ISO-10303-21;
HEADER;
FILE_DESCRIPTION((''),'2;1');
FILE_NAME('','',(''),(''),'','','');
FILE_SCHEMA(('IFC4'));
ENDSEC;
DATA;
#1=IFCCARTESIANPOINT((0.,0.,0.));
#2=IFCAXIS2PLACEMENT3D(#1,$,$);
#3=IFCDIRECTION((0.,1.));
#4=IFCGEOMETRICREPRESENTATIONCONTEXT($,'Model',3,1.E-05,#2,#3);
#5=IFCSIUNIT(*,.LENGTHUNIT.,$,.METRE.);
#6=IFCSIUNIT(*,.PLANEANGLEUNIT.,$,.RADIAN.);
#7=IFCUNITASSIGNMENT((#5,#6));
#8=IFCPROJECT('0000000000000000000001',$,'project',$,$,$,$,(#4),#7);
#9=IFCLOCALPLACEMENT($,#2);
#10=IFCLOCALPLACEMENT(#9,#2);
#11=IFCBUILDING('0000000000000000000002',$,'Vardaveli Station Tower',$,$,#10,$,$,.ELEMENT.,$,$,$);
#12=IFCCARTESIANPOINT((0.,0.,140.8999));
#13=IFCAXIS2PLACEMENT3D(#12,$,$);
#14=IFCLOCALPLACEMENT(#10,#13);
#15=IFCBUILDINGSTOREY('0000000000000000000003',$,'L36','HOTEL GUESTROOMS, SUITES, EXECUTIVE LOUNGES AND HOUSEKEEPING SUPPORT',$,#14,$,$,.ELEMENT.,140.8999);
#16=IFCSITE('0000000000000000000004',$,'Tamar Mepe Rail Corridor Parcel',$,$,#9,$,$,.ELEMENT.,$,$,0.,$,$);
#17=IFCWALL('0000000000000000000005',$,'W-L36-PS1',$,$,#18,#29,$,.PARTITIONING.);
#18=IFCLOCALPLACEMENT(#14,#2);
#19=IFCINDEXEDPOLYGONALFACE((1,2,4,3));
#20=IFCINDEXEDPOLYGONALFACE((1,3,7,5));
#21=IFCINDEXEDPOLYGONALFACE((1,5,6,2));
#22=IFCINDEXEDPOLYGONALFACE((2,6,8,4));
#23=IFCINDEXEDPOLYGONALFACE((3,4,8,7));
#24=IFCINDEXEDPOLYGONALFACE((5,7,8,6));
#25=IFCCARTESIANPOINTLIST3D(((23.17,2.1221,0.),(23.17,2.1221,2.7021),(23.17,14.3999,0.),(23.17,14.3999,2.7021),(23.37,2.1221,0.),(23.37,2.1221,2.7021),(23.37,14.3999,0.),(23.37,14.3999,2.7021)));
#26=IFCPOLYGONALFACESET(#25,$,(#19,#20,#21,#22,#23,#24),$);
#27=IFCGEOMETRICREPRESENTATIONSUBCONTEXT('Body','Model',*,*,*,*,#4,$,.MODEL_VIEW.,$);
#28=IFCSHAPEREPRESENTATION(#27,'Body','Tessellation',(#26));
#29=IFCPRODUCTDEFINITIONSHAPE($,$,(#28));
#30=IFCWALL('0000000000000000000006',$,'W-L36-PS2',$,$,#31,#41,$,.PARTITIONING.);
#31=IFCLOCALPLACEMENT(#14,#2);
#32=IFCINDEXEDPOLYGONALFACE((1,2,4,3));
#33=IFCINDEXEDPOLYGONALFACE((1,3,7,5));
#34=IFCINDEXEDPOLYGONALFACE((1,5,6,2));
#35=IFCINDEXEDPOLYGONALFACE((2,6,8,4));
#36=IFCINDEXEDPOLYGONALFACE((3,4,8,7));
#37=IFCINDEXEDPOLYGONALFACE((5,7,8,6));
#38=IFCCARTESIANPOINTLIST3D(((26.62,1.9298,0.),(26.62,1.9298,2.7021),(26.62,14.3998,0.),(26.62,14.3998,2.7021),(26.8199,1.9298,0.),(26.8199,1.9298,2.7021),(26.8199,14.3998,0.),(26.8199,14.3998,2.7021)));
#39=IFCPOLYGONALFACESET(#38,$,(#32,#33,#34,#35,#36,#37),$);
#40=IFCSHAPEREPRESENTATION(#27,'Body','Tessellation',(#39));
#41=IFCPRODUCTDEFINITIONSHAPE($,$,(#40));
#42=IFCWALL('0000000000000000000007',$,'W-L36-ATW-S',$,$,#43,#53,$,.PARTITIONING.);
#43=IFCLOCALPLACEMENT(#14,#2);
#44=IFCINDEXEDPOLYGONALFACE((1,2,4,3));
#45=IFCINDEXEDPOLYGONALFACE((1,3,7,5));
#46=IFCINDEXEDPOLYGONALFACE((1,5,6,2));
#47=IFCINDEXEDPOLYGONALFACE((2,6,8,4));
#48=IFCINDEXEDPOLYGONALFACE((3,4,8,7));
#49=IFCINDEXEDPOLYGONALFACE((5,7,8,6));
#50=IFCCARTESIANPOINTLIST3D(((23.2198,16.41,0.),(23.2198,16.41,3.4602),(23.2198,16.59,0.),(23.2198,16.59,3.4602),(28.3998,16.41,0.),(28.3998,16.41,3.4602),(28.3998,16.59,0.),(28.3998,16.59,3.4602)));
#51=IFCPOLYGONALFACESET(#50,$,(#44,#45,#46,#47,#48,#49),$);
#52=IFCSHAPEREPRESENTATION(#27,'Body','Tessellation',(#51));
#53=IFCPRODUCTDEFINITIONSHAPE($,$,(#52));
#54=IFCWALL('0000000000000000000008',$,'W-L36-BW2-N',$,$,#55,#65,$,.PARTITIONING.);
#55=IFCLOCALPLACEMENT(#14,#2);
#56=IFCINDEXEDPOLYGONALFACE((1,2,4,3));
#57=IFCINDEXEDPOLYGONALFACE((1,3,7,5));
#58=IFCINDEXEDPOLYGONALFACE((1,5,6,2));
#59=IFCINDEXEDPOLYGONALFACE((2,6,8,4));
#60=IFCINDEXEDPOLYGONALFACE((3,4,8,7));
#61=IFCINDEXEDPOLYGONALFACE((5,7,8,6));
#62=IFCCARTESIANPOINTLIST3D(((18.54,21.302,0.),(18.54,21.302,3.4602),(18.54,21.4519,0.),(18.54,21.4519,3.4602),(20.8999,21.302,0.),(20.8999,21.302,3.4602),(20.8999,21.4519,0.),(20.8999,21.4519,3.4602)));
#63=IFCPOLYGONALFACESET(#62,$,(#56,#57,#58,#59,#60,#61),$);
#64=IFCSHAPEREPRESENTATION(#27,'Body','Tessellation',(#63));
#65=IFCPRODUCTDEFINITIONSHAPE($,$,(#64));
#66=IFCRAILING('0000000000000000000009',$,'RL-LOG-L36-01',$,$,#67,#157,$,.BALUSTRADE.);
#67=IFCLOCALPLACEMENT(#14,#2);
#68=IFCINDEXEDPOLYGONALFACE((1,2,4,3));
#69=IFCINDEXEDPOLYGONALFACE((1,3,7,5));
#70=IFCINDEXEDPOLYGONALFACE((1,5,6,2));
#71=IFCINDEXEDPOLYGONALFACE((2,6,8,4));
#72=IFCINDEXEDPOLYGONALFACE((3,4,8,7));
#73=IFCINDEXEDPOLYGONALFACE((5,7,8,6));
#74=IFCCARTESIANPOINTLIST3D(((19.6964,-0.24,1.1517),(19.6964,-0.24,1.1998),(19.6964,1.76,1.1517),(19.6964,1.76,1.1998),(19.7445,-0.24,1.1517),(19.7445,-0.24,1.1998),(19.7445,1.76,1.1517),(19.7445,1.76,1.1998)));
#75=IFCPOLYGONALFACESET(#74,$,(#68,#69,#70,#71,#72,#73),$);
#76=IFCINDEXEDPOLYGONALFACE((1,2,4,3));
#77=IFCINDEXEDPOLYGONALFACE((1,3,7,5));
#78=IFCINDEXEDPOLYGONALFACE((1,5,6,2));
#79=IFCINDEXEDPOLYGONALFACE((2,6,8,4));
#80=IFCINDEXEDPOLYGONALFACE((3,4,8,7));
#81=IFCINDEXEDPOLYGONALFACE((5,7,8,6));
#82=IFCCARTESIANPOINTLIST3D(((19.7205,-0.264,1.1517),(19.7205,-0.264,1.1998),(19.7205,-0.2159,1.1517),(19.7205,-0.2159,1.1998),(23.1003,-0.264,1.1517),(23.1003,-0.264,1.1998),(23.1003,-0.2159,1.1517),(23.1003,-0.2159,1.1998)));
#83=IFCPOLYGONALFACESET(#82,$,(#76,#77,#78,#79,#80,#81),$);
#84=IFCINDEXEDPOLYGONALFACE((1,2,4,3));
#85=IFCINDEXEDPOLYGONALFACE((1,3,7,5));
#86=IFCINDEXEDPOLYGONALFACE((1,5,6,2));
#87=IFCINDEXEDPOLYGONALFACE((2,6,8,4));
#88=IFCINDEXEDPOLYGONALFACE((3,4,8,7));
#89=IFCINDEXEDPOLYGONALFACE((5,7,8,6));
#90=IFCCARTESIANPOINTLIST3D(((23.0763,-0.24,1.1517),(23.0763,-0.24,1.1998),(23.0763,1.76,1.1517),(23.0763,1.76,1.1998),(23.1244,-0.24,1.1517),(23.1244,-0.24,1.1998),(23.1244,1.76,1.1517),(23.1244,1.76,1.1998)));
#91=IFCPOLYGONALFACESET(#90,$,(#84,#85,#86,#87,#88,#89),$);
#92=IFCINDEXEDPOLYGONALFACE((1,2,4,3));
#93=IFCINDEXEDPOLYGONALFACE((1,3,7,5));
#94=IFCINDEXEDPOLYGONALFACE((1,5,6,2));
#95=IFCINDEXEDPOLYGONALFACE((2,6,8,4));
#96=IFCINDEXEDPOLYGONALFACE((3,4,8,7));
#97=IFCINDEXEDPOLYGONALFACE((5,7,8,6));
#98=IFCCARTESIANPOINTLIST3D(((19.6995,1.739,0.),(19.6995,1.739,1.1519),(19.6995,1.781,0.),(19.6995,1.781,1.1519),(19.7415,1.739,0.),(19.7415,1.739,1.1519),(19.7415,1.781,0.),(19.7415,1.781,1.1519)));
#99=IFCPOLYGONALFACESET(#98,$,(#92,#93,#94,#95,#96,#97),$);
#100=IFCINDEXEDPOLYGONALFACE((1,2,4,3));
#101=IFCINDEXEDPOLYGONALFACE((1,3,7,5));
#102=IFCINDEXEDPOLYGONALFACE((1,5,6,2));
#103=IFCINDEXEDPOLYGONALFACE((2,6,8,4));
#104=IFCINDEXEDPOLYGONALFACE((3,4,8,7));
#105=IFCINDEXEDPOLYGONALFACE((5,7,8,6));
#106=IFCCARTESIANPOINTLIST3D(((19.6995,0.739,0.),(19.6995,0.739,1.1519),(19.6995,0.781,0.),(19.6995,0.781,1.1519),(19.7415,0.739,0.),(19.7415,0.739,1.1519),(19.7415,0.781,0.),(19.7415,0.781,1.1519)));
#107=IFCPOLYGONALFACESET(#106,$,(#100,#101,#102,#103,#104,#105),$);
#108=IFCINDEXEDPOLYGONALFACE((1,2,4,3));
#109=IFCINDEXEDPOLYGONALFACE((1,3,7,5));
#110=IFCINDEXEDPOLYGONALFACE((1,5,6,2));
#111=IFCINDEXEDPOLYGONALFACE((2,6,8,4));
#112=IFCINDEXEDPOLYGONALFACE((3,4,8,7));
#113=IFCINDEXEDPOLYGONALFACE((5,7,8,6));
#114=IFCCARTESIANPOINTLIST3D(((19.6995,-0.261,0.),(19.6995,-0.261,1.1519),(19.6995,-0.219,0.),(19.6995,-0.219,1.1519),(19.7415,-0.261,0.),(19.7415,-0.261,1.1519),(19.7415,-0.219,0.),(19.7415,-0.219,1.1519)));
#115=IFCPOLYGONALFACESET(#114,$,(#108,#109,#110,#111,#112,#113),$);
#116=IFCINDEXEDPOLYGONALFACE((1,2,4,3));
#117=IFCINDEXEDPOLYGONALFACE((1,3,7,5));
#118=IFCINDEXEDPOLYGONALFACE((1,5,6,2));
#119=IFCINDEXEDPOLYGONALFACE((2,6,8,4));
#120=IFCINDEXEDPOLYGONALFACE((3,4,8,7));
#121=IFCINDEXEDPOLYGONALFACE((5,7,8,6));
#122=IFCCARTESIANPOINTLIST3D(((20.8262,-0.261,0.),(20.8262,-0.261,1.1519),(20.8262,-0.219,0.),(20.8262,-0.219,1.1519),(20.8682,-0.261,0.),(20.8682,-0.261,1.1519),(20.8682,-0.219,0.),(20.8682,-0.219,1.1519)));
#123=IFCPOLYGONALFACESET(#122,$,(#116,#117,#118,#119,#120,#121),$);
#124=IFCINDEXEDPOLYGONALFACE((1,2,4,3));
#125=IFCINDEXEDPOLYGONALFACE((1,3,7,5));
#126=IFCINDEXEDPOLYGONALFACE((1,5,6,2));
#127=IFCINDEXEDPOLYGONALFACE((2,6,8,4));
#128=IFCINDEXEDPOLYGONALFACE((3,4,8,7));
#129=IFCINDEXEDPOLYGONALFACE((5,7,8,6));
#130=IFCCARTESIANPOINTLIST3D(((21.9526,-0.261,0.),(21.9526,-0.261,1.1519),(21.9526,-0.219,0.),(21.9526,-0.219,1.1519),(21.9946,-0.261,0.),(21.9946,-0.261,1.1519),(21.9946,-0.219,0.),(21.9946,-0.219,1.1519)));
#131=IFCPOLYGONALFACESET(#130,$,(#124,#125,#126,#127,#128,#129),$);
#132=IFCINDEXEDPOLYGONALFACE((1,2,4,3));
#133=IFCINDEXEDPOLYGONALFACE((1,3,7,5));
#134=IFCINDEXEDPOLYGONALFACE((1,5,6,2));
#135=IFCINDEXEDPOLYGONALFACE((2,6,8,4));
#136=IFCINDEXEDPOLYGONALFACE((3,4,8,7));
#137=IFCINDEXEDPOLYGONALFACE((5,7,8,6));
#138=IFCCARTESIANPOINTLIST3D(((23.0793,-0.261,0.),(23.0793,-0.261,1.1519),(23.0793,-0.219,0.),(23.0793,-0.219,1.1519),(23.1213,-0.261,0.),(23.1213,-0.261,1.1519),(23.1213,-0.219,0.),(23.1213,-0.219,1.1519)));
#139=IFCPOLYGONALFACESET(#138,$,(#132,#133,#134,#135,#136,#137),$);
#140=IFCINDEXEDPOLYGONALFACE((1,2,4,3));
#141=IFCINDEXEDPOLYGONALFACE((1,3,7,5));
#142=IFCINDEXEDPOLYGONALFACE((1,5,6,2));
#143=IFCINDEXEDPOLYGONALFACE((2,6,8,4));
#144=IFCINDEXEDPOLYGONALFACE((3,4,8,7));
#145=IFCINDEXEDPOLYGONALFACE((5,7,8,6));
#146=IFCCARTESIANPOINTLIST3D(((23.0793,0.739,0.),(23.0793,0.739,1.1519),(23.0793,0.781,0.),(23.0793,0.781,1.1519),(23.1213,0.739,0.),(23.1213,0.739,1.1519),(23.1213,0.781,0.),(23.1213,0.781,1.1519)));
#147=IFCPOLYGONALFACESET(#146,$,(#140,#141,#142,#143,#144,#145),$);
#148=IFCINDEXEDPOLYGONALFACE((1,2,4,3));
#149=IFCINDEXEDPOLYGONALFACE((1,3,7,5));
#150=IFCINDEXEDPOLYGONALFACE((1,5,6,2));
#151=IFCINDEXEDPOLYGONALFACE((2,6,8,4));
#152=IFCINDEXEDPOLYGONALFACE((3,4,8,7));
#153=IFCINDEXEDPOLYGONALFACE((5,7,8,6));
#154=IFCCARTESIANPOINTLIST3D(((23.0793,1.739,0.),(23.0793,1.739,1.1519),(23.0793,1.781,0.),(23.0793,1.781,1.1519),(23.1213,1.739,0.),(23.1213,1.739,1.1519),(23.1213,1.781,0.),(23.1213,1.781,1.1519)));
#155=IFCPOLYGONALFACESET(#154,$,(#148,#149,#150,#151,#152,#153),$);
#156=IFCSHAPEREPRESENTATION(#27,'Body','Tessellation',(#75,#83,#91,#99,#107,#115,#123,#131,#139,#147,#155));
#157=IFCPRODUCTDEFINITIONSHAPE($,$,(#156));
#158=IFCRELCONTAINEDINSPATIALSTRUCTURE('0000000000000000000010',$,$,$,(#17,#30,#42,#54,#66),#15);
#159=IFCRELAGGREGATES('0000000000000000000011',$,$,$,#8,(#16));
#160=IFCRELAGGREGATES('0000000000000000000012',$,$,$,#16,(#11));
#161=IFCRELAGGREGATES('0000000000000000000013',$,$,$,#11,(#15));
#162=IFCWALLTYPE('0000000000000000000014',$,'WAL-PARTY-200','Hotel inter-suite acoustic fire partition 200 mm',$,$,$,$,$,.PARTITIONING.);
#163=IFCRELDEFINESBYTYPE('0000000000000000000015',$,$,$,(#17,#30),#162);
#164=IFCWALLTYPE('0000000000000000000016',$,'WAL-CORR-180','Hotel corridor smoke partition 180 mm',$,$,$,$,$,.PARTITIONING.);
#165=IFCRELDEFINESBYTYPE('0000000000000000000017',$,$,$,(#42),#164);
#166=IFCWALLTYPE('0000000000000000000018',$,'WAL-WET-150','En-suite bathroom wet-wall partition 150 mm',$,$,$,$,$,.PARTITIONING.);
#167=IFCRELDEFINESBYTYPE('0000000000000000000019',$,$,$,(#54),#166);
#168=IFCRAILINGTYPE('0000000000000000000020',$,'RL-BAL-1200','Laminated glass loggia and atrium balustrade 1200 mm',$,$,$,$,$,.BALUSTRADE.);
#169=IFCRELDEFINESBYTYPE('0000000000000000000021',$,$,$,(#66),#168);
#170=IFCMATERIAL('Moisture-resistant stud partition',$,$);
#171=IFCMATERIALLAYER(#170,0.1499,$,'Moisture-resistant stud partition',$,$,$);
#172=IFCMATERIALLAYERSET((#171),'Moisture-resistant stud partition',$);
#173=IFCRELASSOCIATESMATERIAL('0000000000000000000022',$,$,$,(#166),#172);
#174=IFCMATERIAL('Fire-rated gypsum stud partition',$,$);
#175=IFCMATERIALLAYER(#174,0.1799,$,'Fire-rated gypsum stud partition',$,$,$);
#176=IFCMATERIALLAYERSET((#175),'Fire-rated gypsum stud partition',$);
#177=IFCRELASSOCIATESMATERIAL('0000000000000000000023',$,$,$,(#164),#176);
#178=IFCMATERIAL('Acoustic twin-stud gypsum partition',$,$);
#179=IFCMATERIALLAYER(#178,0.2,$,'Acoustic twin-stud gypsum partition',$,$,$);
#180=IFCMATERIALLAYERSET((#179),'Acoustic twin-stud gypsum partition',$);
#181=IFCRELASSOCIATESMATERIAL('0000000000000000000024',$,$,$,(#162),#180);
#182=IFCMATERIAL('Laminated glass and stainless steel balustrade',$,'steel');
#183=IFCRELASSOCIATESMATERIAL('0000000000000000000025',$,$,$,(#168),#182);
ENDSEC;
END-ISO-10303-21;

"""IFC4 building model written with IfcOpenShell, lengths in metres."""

from ifc_helpers import new_model, si_unit, direction, frame, frame_2d, origin, origin_2d, place, context, subcontext, project, spatial, rectangle, extrude, source, transform, mapped, material, layer, layer_set, type_object, element, save


model = new_model("IFC4")

# Units and contexts
model_context = context("Model", 3, precision=1e-05, world=origin(), true_north=direction((0.0, 1.0)))
body_context = subcontext(model_context, "Body", "Model", "MODEL_VIEW")
ifc_project = project(units=[si_unit("LENGTHUNIT", "METRE"), si_unit("PLANEANGLEUNIT", "RADIAN")], contexts=[model_context])

# Site, building, storey
site_placement = place(None, origin())
site = spatial("IfcSite", under=ifc_project, at=site_placement, Name="Tamar Mepe Rail Corridor Parcel", CompositionType="ELEMENT", RefElevation=0.0)
building_placement = place(site_placement, origin())
building = spatial("IfcBuilding", under=site, at=building_placement, Name="Vardaveli Station Tower", CompositionType="ELEMENT")
storey_placement = place(building_placement, frame((0.0, 0.0, 140.8999)))
storey = spatial("IfcBuildingStorey", under=building, at=storey_placement, Name="L36", Description="HOTEL GUESTROOMS, SUITES, EXECUTIVE LOUNGES AND HOUSEKEEPING SUPPORT", CompositionType="ELEMENT", Elevation=140.8999)

# Shared definitions
ifc_material_1 = material(Name="Moisture-resistant stud partition")
ifc_layer_1 = layer(ifc_material_1, 0.1499, Name="Moisture-resistant stud partition")
ifc_layer_set_1 = layer_set([ifc_layer_1], Name="Moisture-resistant stud partition")
wall_type_1 = type_object("IfcWallType", Name="WAL-WET-150", Description="En-suite bathroom wet-wall partition 150 mm", PredefinedType="PARTITIONING", material=ifc_layer_set_1)
ifc_material_2 = material(Name="Fire-rated gypsum stud partition")
ifc_layer_2 = layer(ifc_material_2, 0.1799, Name="Fire-rated gypsum stud partition")
ifc_layer_set_2 = layer_set([ifc_layer_2], Name="Fire-rated gypsum stud partition")
wall_type_2 = type_object("IfcWallType", Name="WAL-CORR-180", Description="Hotel corridor smoke partition 180 mm", PredefinedType="PARTITIONING", material=ifc_layer_set_2)

# Walls
ifc_material_3 = material(Name="Acoustic twin-stud gypsum partition")
ifc_layer_3 = layer(ifc_material_3, 0.2, Name="Acoustic twin-stud gypsum partition")
ifc_layer_set_3 = layer_set([ifc_layer_3], Name="Acoustic twin-stud gypsum partition")
wall_type_3 = type_object("IfcWallType", Name="WAL-PARTY-200", Description="Hotel inter-suite acoustic fire partition 200 mm", PredefinedType="PARTITIONING", material=ifc_layer_set_3)
shared_shape_1 = source(origin(), body_context, "Body", "SweptSolid", [
    extrude(rectangle(XDim=12.2778, YDim=0.2, at=frame_2d((6.1389, 0.0))), origin(), (0.0, 0.0, 1.0), 2.7021),
])
wall_1_placement = place(storey_placement, frame((23.27, 2.1221, 0.0), z_axis=(0.0, 0.0, 1.0), x_axis=(0.0, 1.0, 0.0)))
element("IfcWall", 1, at=wall_1_placement, inside=storey, type_object=wall_type_3, Name="W-L36-PS1", PredefinedType="PARTITIONING", context=body_context, shape_type="MappedRepresentation", body=[
    mapped(shared_shape_1, transform((0.0, 0.0, 0.0), scale=1.0)),
])
shared_shape_2 = source(origin(), body_context, "Body", "SweptSolid", [
    extrude(rectangle(XDim=12.47, YDim=0.2, at=frame_2d((6.2349, 0.0))), origin(), (0.0, 0.0, 1.0), 2.7021),
])
wall_2_placement = place(storey_placement, frame((26.72, 1.9299, 0.0), z_axis=(0.0, 0.0, 1.0), x_axis=(0.0, 1.0, 0.0)))
element("IfcWall", 2, at=wall_2_placement, inside=storey, type_object=wall_type_3, Name="W-L36-PS2", PredefinedType="PARTITIONING", context=body_context, shape_type="MappedRepresentation", body=[
    mapped(shared_shape_2, transform((0.0, 0.0, 0.0), scale=1.0)),
])
shared_shape_3 = source(origin(), body_context, "Body", "SweptSolid", [
    extrude(rectangle(XDim=5.1799, YDim=0.1799, at=frame_2d((2.5898, 0.0))), origin(), (0.0, 0.0, 1.0), 3.4602),
])
wall_3_placement = place(storey_placement, frame((23.22, 16.5, 0.0), z_axis=(0.0, 0.0, 1.0), x_axis=(1.0, 0.0, 0.0)))
element("IfcWall", 3, at=wall_3_placement, inside=storey, type_object=wall_type_2, Name="W-L36-ATW-S", PredefinedType="PARTITIONING", context=body_context, shape_type="MappedRepresentation", body=[
    mapped(shared_shape_3, transform((0.0, 0.0, 0.0), scale=1.0)),
])
shared_shape_4 = source(origin(), body_context, "Body", "SweptSolid", [
    extrude(rectangle(XDim=2.3599, YDim=0.1499, at=frame_2d((1.1799, 0.0))), origin(), (0.0, 0.0, 1.0), 3.4602),
])
wall_4_placement = place(storey_placement, frame((18.54, 21.377, 0.0), z_axis=(0.0, 0.0, 1.0), x_axis=(1.0, 0.0, 0.0)))
element("IfcWall", 4, at=wall_4_placement, inside=storey, type_object=wall_type_1, Name="W-L36-BW2-N", PredefinedType="PARTITIONING", context=body_context, shape_type="MappedRepresentation", body=[
    mapped(shared_shape_4, transform((0.0, 0.0, 0.0), scale=1.0)),
])

# Railing
ifc_material_4 = material(Name="Laminated glass and stainless steel balustrade", Category="steel")
railing_type = type_object("IfcRailingType", Name="RL-BAL-1200", Description="Laminated glass loggia and atrium balustrade 1200 mm", PredefinedType="BALUSTRADE", material=ifc_material_4)
shared_shape_5 = source(origin(), body_context, "Body", "SweptSolid", [
    extrude(rectangle(XDim=0.0481, YDim=0.0481, at=origin_2d()), frame((0.0, 0.0, 1.1758), z_axis=(0.0, -1.0, 0.0), x_axis=(1.0, 0.0, 0.0)), (0.0, 0.0, 1.0), 2.0),
    extrude(rectangle(XDim=0.0481, YDim=0.0481, at=origin_2d()), frame((0.0, -2.0, 1.1758), z_axis=(1.0, 0.0, 0.0), x_axis=(0.0, 1.0, 0.0)), (0.0, 0.0, 1.0), 3.3799),
    extrude(rectangle(XDim=0.0481, YDim=0.0481, at=origin_2d()), frame((3.3799, -2.0, 1.1758), z_axis=(0.0, 1.0, 0.0), x_axis=(-1.0, 0.0, 0.0)), (0.0, 0.0, 1.0), 2.0),
    extrude(rectangle(XDim=0.042, YDim=0.042, at=origin_2d()), origin(), (0.0, 0.0, 1.0), 1.1519),
    extrude(rectangle(XDim=0.042, YDim=0.042, at=origin_2d()), frame((0.0, -1.0, 0.0)), (0.0, 0.0, 1.0), 1.1519),
    extrude(rectangle(XDim=0.042, YDim=0.042, at=origin_2d()), frame((0.0, -2.0, 0.0)), (0.0, 0.0, 1.0), 1.1519),
    extrude(rectangle(XDim=0.042, YDim=0.042, at=origin_2d()), frame((1.1267, -2.0, 0.0)), (0.0, 0.0, 1.0), 1.1519),
    extrude(rectangle(XDim=0.042, YDim=0.042, at=origin_2d()), frame((2.2532, -2.0, 0.0)), (0.0, 0.0, 1.0), 1.1519),
    extrude(rectangle(XDim=0.042, YDim=0.042, at=origin_2d()), frame((3.3799, -2.0, 0.0)), (0.0, 0.0, 1.0), 1.1519),
    extrude(rectangle(XDim=0.042, YDim=0.042, at=origin_2d()), frame((3.3799, -1.0, 0.0)), (0.0, 0.0, 1.0), 1.1519),
    extrude(rectangle(XDim=0.042, YDim=0.042, at=origin_2d()), frame((3.3799, 0.0, 0.0)), (0.0, 0.0, 1.0), 1.1519),
])
railing_placement = place(storey_placement, frame((19.7205, 1.76, 0.0)))
element("IfcRailing", 5, at=railing_placement, inside=storey, type_object=railing_type, Name="RL-LOG-L36-01", PredefinedType="BALUSTRADE", context=body_context, shape_type="MappedRepresentation", body=[
    mapped(shared_shape_5, transform((0.0, 0.0, 0.0), scale=1.0)),
])

save(model, "model.ifc")
